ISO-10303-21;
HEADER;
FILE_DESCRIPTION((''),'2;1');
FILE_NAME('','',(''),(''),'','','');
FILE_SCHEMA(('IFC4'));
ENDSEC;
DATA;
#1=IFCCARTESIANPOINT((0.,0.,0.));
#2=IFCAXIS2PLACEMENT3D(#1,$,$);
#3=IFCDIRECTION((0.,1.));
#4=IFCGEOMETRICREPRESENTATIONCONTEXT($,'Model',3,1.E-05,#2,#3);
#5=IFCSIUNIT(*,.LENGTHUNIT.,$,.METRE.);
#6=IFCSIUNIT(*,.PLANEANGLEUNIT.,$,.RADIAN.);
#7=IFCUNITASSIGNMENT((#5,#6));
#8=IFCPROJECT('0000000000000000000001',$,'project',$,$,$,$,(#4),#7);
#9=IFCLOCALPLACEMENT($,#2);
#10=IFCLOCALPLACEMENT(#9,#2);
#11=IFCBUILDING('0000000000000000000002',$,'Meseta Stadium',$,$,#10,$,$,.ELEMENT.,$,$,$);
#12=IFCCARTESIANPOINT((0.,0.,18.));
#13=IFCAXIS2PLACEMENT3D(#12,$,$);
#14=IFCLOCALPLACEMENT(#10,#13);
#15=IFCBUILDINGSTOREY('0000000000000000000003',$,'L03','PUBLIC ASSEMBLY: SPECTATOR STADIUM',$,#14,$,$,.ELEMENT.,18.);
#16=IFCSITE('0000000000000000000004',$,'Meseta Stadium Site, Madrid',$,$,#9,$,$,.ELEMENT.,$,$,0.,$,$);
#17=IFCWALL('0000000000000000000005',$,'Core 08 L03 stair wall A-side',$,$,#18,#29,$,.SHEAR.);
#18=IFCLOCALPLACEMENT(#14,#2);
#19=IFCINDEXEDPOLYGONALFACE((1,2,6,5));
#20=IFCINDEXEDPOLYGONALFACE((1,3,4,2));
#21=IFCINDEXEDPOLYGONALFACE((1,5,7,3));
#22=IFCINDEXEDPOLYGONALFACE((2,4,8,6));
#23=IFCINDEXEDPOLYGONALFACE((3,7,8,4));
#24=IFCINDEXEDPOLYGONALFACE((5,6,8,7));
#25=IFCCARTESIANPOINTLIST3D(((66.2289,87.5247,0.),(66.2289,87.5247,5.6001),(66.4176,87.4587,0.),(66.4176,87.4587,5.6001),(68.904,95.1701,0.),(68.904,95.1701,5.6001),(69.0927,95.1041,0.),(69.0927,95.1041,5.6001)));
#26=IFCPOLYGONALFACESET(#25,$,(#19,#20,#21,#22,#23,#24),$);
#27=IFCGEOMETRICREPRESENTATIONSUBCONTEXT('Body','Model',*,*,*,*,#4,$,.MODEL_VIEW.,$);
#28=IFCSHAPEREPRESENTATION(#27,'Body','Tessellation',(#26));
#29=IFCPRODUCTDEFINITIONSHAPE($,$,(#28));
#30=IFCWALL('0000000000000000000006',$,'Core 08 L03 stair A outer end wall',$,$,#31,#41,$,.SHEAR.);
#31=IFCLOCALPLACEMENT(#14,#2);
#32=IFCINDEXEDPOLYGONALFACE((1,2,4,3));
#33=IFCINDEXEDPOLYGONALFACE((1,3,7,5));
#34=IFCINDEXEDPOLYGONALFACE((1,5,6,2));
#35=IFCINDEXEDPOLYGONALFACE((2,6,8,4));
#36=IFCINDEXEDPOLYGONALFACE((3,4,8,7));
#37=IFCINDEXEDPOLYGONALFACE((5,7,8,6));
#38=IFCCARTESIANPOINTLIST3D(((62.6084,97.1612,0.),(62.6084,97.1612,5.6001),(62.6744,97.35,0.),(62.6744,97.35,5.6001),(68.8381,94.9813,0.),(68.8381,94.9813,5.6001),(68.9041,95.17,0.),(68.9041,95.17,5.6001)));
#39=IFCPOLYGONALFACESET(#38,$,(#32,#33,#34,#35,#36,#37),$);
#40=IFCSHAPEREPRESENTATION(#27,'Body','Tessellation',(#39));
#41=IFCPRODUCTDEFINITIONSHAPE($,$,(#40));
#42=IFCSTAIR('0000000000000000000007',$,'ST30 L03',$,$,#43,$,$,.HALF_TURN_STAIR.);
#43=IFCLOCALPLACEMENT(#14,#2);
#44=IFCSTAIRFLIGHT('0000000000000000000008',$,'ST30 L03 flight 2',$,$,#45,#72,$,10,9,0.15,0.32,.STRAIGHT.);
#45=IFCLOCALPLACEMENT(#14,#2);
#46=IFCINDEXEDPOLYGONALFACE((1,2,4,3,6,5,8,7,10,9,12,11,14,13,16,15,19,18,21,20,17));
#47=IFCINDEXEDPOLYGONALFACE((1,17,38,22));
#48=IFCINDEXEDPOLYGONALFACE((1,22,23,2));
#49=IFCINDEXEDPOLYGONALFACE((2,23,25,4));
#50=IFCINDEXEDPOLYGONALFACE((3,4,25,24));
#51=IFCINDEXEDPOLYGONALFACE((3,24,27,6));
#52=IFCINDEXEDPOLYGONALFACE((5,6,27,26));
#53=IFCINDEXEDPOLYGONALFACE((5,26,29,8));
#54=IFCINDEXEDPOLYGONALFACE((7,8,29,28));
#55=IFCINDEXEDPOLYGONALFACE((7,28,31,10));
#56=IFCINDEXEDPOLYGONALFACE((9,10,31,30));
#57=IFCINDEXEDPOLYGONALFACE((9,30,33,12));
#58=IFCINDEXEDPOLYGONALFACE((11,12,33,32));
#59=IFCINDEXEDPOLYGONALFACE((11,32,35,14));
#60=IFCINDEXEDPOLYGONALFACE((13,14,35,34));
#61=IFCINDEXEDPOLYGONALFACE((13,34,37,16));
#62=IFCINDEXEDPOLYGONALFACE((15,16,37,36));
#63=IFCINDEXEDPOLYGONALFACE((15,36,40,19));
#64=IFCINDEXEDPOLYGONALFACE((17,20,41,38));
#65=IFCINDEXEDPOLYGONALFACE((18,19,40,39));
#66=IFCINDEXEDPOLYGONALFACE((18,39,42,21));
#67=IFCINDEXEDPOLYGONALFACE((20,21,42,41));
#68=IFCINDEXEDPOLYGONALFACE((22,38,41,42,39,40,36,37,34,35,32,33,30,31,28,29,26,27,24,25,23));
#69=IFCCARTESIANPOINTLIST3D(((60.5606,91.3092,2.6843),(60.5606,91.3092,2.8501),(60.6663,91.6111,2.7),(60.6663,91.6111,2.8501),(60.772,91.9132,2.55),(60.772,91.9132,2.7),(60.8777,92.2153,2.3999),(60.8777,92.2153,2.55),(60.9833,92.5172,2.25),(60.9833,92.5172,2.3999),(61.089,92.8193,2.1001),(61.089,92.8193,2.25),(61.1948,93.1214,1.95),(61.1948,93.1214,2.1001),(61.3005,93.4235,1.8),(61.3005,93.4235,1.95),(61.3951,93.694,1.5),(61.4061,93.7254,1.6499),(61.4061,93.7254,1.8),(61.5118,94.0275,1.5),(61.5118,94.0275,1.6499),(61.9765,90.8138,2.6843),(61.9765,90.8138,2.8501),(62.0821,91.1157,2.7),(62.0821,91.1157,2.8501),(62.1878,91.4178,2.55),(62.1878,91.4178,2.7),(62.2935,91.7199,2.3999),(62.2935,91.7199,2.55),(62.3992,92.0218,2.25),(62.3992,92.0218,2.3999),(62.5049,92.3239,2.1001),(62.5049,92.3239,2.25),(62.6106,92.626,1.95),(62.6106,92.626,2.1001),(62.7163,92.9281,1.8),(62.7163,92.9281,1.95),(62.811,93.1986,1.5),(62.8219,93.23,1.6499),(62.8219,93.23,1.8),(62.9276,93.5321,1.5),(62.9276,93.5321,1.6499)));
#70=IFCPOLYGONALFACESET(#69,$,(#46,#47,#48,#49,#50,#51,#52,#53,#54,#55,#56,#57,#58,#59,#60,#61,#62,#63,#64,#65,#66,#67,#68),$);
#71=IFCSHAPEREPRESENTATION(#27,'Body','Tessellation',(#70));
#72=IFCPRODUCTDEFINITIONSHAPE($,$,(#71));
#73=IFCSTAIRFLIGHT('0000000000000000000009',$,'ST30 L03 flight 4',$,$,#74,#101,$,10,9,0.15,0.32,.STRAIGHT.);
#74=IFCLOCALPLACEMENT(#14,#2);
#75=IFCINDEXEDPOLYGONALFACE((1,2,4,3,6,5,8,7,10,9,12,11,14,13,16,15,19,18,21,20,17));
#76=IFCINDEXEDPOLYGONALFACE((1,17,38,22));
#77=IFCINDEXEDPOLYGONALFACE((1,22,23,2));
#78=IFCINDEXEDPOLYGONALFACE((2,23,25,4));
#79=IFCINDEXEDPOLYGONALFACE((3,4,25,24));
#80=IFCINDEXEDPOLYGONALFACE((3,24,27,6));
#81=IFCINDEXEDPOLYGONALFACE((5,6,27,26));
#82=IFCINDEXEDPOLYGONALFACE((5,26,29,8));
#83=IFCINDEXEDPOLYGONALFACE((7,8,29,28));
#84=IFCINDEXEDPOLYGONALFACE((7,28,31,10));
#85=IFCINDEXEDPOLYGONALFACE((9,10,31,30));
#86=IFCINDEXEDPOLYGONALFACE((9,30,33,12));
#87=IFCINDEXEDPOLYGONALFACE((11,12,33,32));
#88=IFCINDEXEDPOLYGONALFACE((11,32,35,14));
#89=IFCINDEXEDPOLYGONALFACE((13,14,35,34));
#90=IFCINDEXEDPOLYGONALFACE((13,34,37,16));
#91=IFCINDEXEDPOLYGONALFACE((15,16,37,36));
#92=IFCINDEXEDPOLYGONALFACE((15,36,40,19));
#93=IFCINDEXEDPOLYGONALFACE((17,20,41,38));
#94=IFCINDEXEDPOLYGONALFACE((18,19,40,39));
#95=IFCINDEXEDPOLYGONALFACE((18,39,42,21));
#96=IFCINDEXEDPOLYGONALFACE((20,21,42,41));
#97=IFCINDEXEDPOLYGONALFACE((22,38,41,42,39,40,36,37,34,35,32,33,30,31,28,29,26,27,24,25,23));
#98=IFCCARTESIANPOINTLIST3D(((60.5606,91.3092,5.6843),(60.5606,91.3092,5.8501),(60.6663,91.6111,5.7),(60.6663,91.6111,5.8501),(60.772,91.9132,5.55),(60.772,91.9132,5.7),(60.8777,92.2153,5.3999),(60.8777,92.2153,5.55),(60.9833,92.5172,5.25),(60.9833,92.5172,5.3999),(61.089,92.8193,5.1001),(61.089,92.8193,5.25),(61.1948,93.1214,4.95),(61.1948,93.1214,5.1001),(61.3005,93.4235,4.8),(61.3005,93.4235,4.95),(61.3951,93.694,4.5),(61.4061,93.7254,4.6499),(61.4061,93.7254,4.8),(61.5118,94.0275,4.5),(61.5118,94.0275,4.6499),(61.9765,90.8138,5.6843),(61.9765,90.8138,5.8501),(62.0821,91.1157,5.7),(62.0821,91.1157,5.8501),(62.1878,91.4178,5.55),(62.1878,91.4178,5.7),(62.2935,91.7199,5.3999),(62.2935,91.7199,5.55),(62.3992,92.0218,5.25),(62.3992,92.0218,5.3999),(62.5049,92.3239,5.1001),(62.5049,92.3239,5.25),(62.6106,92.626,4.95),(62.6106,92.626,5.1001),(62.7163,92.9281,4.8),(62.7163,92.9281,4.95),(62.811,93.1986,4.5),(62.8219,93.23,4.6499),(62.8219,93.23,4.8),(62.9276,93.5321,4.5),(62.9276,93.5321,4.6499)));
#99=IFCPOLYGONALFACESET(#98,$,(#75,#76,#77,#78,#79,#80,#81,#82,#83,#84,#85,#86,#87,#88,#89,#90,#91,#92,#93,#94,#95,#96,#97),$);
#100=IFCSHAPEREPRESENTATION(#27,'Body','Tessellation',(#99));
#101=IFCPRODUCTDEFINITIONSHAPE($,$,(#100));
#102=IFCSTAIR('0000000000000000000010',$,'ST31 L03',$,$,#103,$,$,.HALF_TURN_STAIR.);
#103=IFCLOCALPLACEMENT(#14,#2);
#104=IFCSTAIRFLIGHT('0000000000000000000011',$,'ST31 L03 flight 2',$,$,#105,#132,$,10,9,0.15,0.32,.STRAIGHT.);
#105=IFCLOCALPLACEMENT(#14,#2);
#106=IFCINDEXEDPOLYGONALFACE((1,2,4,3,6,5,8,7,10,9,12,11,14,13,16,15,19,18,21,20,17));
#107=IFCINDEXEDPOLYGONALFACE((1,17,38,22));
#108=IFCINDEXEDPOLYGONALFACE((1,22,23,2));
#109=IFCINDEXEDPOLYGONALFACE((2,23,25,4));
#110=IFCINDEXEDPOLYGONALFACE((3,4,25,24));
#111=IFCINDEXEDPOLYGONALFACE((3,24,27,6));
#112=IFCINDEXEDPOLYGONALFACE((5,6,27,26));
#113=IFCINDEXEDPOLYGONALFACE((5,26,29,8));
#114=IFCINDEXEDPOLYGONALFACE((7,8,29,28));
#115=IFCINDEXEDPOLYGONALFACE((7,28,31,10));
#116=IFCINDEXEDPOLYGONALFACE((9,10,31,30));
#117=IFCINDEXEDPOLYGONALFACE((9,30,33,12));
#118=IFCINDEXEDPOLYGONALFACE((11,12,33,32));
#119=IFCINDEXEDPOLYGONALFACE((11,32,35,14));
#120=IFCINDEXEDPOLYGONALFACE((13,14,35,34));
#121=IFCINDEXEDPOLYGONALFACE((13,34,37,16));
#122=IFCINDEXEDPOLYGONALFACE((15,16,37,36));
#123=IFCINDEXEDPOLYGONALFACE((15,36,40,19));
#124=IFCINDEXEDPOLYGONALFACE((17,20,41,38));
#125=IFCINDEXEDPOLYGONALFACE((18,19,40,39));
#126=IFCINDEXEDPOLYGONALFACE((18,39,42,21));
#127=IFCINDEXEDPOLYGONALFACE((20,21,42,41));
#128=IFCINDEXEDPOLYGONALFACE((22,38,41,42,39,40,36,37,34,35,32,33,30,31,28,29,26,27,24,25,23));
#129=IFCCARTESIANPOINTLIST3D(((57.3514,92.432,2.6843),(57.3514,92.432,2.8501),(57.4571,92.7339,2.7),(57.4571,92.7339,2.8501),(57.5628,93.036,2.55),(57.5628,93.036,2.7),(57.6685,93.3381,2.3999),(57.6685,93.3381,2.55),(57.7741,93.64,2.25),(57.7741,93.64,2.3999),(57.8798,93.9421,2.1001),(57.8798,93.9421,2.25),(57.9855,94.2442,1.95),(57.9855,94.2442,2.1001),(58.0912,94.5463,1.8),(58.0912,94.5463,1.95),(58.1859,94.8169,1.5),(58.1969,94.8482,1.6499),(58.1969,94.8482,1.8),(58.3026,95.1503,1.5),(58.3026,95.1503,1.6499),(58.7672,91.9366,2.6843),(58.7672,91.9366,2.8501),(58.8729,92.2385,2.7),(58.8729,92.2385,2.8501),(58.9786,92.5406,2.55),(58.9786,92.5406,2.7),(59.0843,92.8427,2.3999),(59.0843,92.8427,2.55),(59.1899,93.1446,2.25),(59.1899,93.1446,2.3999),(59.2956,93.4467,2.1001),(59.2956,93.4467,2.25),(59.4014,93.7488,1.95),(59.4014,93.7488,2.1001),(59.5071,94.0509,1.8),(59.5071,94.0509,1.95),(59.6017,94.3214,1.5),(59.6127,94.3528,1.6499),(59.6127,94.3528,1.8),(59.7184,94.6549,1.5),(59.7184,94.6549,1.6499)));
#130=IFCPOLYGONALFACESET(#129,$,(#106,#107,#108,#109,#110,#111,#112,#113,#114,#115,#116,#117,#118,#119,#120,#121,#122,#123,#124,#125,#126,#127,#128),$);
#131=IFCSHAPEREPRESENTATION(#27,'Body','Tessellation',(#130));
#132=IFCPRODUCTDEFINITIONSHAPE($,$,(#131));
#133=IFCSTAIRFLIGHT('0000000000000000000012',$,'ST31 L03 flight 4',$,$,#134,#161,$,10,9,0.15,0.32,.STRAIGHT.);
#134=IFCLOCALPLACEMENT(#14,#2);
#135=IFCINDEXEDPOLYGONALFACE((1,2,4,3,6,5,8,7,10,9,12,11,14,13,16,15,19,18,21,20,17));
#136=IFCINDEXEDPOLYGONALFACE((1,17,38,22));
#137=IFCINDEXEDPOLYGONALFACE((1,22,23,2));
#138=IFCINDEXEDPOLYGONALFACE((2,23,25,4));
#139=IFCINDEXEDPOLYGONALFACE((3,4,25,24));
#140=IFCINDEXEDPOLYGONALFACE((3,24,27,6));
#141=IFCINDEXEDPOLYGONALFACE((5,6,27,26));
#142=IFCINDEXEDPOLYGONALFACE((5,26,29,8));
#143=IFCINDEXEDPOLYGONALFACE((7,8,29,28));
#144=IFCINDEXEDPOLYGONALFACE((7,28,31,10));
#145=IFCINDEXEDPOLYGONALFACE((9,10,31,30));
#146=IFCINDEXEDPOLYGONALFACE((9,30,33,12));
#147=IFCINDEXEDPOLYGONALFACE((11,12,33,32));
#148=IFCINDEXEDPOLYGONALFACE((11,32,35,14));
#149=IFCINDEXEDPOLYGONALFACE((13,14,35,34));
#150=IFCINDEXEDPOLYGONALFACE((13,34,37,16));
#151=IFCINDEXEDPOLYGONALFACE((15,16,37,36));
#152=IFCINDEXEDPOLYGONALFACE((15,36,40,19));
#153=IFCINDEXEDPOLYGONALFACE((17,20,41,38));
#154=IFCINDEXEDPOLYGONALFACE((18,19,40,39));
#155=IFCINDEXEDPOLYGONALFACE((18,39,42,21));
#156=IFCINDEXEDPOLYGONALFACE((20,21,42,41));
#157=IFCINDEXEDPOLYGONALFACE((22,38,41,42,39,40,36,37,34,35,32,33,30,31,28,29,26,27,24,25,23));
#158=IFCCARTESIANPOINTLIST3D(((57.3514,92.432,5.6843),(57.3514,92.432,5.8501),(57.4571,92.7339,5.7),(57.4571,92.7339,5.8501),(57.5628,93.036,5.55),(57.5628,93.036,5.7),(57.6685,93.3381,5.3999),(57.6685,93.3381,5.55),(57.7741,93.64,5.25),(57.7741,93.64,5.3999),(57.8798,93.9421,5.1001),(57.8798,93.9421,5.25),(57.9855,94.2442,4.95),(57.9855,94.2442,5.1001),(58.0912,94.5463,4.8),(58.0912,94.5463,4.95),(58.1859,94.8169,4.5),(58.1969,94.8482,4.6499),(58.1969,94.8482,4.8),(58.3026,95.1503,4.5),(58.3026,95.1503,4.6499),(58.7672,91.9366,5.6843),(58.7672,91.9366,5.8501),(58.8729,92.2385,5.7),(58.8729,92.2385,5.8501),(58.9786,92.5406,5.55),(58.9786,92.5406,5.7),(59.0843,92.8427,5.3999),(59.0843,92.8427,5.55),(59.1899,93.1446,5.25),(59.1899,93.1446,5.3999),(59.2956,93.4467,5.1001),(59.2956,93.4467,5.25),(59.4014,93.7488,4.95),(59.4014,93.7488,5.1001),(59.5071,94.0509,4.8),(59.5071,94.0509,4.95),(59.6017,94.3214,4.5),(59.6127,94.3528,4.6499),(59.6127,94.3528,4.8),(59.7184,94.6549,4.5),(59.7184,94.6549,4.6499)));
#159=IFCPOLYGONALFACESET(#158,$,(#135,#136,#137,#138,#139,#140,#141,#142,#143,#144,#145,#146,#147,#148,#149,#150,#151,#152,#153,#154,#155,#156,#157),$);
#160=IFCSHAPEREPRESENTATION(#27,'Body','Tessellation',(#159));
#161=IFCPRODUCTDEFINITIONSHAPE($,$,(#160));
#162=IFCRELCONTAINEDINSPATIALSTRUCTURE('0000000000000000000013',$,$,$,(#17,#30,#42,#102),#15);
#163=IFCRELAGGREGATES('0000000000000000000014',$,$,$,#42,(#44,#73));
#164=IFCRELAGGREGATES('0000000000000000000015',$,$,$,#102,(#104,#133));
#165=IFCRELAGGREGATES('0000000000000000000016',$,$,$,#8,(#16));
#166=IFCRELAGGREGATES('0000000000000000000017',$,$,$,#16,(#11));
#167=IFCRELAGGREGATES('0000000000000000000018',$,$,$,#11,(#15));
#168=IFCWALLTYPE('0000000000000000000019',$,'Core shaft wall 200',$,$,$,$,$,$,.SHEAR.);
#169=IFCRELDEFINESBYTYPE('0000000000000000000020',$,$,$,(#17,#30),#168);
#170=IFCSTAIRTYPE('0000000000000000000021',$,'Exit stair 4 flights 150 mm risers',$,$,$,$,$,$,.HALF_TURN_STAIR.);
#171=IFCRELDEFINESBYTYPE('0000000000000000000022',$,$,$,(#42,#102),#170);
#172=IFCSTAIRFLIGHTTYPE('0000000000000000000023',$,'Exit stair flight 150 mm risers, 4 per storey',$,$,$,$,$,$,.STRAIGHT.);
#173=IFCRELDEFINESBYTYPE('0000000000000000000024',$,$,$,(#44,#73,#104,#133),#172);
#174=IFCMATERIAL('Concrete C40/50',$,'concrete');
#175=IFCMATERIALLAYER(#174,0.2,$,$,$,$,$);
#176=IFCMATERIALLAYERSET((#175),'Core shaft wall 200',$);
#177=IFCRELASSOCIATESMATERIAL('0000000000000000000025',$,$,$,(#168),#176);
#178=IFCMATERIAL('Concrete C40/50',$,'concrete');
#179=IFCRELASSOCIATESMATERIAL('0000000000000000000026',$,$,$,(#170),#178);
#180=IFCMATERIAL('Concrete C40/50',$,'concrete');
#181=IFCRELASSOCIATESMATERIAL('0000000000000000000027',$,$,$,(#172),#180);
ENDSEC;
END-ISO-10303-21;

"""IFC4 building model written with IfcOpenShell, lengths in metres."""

from ifc_helpers import new_model, si_unit, direction, frame, frame_2d, origin, place, context, subcontext, project, spatial, polyline, rectangle, outline, extrude, material, layer, layer_set, type_object, element, aggregate, save


model = new_model("IFC4")

# Units and contexts
model_context = context("Model", 3, precision=1e-05, world=origin(), true_north=direction((0.0, 1.0)))
body_context = subcontext(model_context, "Body", "Model", "MODEL_VIEW")
ifc_project = project(units=[si_unit("LENGTHUNIT", "METRE"), si_unit("PLANEANGLEUNIT", "RADIAN")], contexts=[model_context])

# Site, building, storey
site_placement = place(None, origin())
site = spatial("IfcSite", under=ifc_project, at=site_placement, Name="Meseta Stadium Site, Madrid", CompositionType="ELEMENT", RefElevation=0.0)
building_placement = place(site_placement, origin())
building = spatial("IfcBuilding", under=site, at=building_placement, Name="Meseta Stadium", CompositionType="ELEMENT")
storey_placement = place(building_placement, frame((0.0, 0.0, 18.0)))
storey = spatial("IfcBuildingStorey", under=building, at=storey_placement, Name="L03", Description="PUBLIC ASSEMBLY: SPECTATOR STADIUM", CompositionType="ELEMENT", Elevation=18.0)

# Walls
ifc_material_1 = material(Name="Concrete C40/50", Category="concrete")
ifc_layer = layer(ifc_material_1, 0.2)
ifc_layer_set = layer_set([ifc_layer], Name="Core shaft wall 200")
wall_type = type_object("IfcWallType", Name="Core shaft wall 200", PredefinedType="SHEAR", material=ifc_layer_set)
wall_1_placement = place(storey_placement, frame((68.9983, 95.137, 0.0), z_axis=(0.0, 0.0, 1.0), x_axis=(-0.330263, -0.943889, 0.0)))
element("IfcWall", 1, at=wall_1_placement, inside=storey, type_object=wall_type, Name="Core 08 L03 stair wall A-side", PredefinedType="SHEAR", context=body_context, shape_type="SweptSolid", body=[
    extrude(rectangle(XDim=8.0999, YDim=0.2, at=frame_2d((4.0498, 0.0))), origin(), (0.0, 0.0, 1.0), 5.6001),
])
wall_2_placement = place(storey_placement, frame((68.8711, 95.0757, 0.0), z_axis=(0.0, 0.0, 1.0), x_axis=(-0.943881, 0.330286, 0.0)))
element("IfcWall", 2, at=wall_2_placement, inside=storey, type_object=wall_type, Name="Core 08 L03 stair A outer end wall", PredefinedType="SHEAR", context=body_context, shape_type="SweptSolid", body=[
    extrude(rectangle(XDim=6.6001, YDim=0.2, at=frame_2d((3.3, 0.0))), origin(), (0.0, 0.0, 1.0), 5.6001),
])

# Stairs, stair flights
ifc_material_2 = material(Name="Concrete C40/50", Category="concrete")
stair_type = type_object("IfcStairType", Name="Exit stair 4 flights 150 mm risers", PredefinedType="HALF_TURN_STAIR", material=ifc_material_2)
stair_1_placement = place(storey_placement, origin())
stair_1 = element("IfcStair", 3, at=stair_1_placement, inside=storey, type_object=stair_type, Name="ST30 L03", PredefinedType="HALF_TURN_STAIR")
ifc_material_3 = material(Name="Concrete C40/50", Category="concrete")
stair_flight_type = type_object("IfcStairFlightType", Name="Exit stair flight 150 mm risers, 4 per storey", PredefinedType="STRAIGHT", material=ifc_material_3)
stair_flight_1_placement = place(storey_placement, frame((62.2197, 93.7798, 1.5), z_axis=(0.0, 0.0, 1.0), x_axis=(-0.330279, -0.943883, 0.0)))
stair_flight_1 = element("IfcStairFlight", 4, at=stair_flight_1_placement, type_object=stair_flight_type, Name="ST30 L03 flight 2", NumberOfRisers=10, NumberOfTreads=9, PredefinedType="STRAIGHT", RiserHeight=0.15, TreadLength=0.32, context=body_context, shape_type="SweptSolid", body=[
    extrude(outline(polyline([(0.0, 0.0), (0.0, 0.1499), (0.3201, 0.1499), (0.3201, 0.3), (0.6399, 0.3), (0.6399, 0.45), (0.96, 0.45), (0.96, 0.6001), (1.28, 0.6001), (1.28, 0.75), (1.6001, 0.75), (1.6001, 0.8999), (1.9199, 0.8999), (1.9199, 1.05), (2.24, 1.05), (2.24, 1.2), (2.5601, 1.2), (2.5601, 1.3501), (2.8799, 1.3501), (2.8799, 1.1843), (0.3533, 0.0), (0.0, 0.0)])), frame((0.0, 0.75, 0.0), z_axis=(0.0, -1.0, 0.0), x_axis=(1.0, 0.0, 0.0)), (0.0, 0.0, 1.0), 1.5),
])
stair_flight_2_placement = place(storey_placement, frame((62.2197, 93.7798, 4.5), z_axis=(0.0, 0.0, 1.0), x_axis=(-0.330279, -0.943883, 0.0)))
stair_flight_2 = element("IfcStairFlight", 5, at=stair_flight_2_placement, type_object=stair_flight_type, Name="ST30 L03 flight 4", NumberOfRisers=10, NumberOfTreads=9, PredefinedType="STRAIGHT", RiserHeight=0.15, TreadLength=0.32, context=body_context, shape_type="SweptSolid", body=[
    extrude(outline(polyline([(0.0, 0.0), (0.0, 0.1499), (0.3201, 0.1499), (0.3201, 0.3), (0.6399, 0.3), (0.6399, 0.45), (0.96, 0.45), (0.96, 0.6001), (1.28, 0.6001), (1.28, 0.75), (1.6001, 0.75), (1.6001, 0.8999), (1.9199, 0.8999), (1.9199, 1.05), (2.24, 1.05), (2.24, 1.2), (2.5601, 1.2), (2.5601, 1.3501), (2.8799, 1.3501), (2.8799, 1.1843), (0.3533, 0.0), (0.0, 0.0)])), frame((0.0, 0.75, 0.0), z_axis=(0.0, -1.0, 0.0), x_axis=(1.0, 0.0, 0.0)), (0.0, 0.0, 1.0), 1.5),
])
aggregate(stair_1, [stair_flight_1, stair_flight_2])
stair_2_placement = place(storey_placement, origin())
stair_2 = element("IfcStair", 6, at=stair_2_placement, inside=storey, type_object=stair_type, Name="ST31 L03", PredefinedType="HALF_TURN_STAIR")
stair_flight_3_placement = place(storey_placement, frame((59.0105, 94.9026, 1.5), z_axis=(0.0, 0.0, 1.0), x_axis=(-0.330279, -0.943883, 0.0)))
stair_flight_3 = element("IfcStairFlight", 7, at=stair_flight_3_placement, type_object=stair_flight_type, Name="ST31 L03 flight 2", NumberOfRisers=10, NumberOfTreads=9, PredefinedType="STRAIGHT", RiserHeight=0.15, TreadLength=0.32, context=body_context, shape_type="SweptSolid", body=[
    extrude(outline(polyline([(0.0, 0.0), (0.0, 0.1499), (0.3201, 0.1499), (0.3201, 0.3), (0.6399, 0.3), (0.6399, 0.45), (0.96, 0.45), (0.96, 0.6001), (1.28, 0.6001), (1.28, 0.75), (1.6001, 0.75), (1.6001, 0.8999), (1.9199, 0.8999), (1.9199, 1.05), (2.24, 1.05), (2.24, 1.2), (2.5601, 1.2), (2.5601, 1.3501), (2.8799, 1.3501), (2.8799, 1.1843), (0.3533, 0.0), (0.0, 0.0)])), frame((0.0, 0.75, 0.0), z_axis=(0.0, -1.0, 0.0), x_axis=(1.0, 0.0, 0.0)), (0.0, 0.0, 1.0), 1.5),
])
stair_flight_4_placement = place(storey_placement, frame((59.0105, 94.9026, 4.5), z_axis=(0.0, 0.0, 1.0), x_axis=(-0.330279, -0.943883, 0.0)))
stair_flight_4 = element("IfcStairFlight", 8, at=stair_flight_4_placement, type_object=stair_flight_type, Name="ST31 L03 flight 4", NumberOfRisers=10, NumberOfTreads=9, PredefinedType="STRAIGHT", RiserHeight=0.15, TreadLength=0.32, context=body_context, shape_type="SweptSolid", body=[
    extrude(outline(polyline([(0.0, 0.0), (0.0, 0.1499), (0.3201, 0.1499), (0.3201, 0.3), (0.6399, 0.3), (0.6399, 0.45), (0.96, 0.45), (0.96, 0.6001), (1.28, 0.6001), (1.28, 0.75), (1.6001, 0.75), (1.6001, 0.8999), (1.9199, 0.8999), (1.9199, 1.05), (2.24, 1.05), (2.24, 1.2), (2.5601, 1.2), (2.5601, 1.3501), (2.8799, 1.3501), (2.8799, 1.1843), (0.3533, 0.0), (0.0, 0.0)])), frame((0.0, 0.75, 0.0), z_axis=(0.0, -1.0, 0.0), x_axis=(1.0, 0.0, 0.0)), (0.0, 0.0, 1.0), 1.5),
])
aggregate(stair_2, [stair_flight_3, stair_flight_4])

save(model, "model.ifc")
